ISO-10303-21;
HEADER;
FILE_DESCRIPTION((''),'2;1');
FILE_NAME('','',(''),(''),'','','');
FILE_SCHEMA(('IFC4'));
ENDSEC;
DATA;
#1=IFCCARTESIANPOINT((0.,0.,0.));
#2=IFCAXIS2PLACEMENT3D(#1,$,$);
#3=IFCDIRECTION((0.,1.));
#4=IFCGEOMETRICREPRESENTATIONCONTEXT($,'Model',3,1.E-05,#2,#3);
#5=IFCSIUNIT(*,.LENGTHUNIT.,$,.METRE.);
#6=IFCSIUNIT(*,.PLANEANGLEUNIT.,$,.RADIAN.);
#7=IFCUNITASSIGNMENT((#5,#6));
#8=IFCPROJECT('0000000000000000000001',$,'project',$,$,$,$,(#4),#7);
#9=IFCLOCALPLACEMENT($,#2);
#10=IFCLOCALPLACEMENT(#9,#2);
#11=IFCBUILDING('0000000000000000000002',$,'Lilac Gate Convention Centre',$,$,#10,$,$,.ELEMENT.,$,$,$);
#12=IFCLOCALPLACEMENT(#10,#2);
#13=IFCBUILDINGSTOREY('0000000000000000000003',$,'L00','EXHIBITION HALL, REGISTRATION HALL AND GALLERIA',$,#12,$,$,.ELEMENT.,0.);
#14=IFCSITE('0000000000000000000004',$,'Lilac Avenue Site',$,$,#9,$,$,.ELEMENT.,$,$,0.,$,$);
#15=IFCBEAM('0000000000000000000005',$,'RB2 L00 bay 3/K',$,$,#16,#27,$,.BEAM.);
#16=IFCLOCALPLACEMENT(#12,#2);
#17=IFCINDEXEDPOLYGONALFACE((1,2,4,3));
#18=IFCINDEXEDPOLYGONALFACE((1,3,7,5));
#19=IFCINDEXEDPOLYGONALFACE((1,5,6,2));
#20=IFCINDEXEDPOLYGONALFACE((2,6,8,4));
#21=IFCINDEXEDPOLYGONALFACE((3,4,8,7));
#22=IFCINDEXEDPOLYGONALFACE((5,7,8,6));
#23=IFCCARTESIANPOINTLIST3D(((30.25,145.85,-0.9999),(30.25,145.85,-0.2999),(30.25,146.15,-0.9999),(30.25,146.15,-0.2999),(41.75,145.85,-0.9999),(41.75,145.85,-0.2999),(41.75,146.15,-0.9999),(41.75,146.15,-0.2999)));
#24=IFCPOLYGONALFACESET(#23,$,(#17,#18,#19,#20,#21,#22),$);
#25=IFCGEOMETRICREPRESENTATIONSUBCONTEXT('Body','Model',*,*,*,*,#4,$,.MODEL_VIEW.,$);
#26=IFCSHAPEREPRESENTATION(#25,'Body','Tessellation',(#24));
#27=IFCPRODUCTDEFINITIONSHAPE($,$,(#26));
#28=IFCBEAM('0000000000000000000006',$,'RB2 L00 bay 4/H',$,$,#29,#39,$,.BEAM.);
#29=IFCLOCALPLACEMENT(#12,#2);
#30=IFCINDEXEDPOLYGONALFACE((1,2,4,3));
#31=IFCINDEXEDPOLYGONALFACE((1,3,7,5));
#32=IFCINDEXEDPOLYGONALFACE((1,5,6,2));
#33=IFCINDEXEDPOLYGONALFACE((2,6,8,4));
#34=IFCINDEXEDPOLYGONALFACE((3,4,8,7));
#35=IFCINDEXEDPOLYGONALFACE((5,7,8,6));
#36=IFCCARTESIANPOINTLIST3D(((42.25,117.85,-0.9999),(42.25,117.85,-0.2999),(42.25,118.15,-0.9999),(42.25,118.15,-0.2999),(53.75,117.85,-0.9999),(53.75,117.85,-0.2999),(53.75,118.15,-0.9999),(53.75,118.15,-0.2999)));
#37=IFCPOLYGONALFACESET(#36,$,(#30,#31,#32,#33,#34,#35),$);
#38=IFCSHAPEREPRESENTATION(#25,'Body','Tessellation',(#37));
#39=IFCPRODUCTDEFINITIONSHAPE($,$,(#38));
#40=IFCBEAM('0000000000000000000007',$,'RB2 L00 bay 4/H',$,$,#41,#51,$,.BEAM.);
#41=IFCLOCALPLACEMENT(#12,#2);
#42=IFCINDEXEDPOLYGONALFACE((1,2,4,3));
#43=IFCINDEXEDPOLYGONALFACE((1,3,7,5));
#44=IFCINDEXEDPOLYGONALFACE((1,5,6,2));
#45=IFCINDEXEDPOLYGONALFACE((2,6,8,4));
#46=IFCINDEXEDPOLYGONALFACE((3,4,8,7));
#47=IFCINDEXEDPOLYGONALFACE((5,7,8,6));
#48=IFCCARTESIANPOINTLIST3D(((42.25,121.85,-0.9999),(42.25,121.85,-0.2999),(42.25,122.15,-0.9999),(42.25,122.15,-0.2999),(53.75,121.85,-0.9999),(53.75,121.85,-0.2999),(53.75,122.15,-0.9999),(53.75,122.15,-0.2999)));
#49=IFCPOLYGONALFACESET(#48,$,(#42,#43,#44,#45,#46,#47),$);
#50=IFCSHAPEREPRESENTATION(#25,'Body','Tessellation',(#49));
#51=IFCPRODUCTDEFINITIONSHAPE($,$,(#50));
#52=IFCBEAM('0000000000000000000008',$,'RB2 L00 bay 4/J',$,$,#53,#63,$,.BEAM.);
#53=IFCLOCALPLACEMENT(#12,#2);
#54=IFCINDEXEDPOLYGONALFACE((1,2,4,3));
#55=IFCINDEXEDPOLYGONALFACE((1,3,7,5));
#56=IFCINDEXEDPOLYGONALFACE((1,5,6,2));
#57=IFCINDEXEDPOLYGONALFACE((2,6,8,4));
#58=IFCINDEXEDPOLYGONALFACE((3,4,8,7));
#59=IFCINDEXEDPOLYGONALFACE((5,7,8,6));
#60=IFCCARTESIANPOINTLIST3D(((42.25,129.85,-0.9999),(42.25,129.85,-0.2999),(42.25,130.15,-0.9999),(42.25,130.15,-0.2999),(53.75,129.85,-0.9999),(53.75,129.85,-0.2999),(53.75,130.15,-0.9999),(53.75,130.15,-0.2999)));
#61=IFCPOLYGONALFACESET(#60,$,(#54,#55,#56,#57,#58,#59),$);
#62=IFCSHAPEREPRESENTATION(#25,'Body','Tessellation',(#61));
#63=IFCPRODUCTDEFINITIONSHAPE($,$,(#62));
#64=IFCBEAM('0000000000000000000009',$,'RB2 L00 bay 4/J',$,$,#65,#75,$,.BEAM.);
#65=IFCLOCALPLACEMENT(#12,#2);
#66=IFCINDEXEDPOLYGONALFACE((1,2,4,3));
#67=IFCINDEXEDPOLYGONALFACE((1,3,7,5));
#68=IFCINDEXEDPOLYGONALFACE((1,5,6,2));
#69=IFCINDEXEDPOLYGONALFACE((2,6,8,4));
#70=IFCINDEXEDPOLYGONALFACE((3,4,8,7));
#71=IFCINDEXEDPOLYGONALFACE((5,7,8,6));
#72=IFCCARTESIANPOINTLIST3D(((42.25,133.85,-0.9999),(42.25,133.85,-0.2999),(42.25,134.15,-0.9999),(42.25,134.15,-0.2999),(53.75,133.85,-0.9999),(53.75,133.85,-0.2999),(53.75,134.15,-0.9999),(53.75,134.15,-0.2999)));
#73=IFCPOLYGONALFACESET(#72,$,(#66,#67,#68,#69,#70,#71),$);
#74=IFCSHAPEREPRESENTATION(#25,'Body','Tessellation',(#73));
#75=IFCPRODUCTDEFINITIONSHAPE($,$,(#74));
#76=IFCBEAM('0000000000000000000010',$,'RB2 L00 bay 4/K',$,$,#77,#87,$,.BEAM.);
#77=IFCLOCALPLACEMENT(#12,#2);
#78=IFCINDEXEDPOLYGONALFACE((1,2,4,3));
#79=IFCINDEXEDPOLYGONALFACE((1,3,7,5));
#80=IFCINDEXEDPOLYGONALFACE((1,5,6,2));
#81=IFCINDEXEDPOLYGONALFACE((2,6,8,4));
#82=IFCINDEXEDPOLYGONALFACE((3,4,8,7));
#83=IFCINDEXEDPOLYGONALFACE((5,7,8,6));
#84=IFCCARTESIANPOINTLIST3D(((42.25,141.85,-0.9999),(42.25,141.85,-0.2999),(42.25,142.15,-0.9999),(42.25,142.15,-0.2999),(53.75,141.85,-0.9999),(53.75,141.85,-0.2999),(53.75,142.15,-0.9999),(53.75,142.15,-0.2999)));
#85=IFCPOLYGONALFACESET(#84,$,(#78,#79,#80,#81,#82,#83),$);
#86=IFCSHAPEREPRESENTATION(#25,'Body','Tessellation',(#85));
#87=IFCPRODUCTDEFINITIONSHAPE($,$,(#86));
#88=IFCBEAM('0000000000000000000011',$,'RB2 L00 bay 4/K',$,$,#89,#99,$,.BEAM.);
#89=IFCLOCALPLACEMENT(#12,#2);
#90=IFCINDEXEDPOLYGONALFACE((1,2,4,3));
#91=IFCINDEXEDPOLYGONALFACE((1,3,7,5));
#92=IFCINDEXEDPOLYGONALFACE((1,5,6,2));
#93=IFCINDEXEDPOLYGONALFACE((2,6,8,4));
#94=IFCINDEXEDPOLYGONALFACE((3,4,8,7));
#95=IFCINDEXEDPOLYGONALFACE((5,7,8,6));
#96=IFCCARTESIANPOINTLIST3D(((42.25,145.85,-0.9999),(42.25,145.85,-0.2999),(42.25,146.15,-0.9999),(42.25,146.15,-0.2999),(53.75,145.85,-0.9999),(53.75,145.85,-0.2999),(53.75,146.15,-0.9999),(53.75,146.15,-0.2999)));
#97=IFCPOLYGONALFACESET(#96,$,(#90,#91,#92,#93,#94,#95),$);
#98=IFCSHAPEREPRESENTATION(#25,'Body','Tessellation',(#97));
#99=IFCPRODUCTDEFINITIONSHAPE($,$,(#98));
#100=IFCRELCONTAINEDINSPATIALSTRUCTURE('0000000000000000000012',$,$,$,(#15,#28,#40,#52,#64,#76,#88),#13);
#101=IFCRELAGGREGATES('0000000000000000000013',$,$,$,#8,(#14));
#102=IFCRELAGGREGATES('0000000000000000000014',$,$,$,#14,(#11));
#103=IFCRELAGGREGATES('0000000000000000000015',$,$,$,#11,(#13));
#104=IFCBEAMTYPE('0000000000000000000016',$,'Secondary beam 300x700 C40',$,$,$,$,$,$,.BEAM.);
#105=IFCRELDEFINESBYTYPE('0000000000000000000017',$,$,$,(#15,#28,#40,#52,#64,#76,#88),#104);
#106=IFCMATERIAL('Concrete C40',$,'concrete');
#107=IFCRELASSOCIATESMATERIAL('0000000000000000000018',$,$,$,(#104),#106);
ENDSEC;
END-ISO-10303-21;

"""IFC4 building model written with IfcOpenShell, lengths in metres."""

from ifc_helpers import new_model, si_unit, direction, frame, origin, origin_2d, place, context, subcontext, project, spatial, rectangle, extrude, material, material_profile, profile_set, type_object, element, save


model = new_model("IFC4")

# Units and contexts
model_context = context("Model", 3, precision=1e-05, world=origin(), true_north=direction((0.0, 1.0)))
body_context = subcontext(model_context, "Body", "Model", "MODEL_VIEW")
ifc_project = project(units=[si_unit("LENGTHUNIT", "METRE"), si_unit("PLANEANGLEUNIT", "RADIAN")], contexts=[model_context])

# Site, building, storey
site_placement = place(None, origin())
site = spatial("IfcSite", under=ifc_project, at=site_placement, Name="Lilac Avenue Site", CompositionType="ELEMENT", RefElevation=0.0)
building_placement = place(site_placement, origin())
building = spatial("IfcBuilding", under=site, at=building_placement, Name="Lilac Gate Convention Centre", CompositionType="ELEMENT")
storey_placement = place(building_placement, origin())
storey = spatial("IfcBuildingStorey", under=building, at=storey_placement, Name="L00", Description="EXHIBITION HALL, REGISTRATION HALL AND GALLERIA", CompositionType="ELEMENT", Elevation=0.0)

# Shared definitions
ifc_material_1 = material(Name="Concrete C40", Category="concrete")

# Beams
ifc_material_profile_1 = material_profile(ifc_material_1, rectangle(XDim=0.3, YDim=0.7, at=origin_2d()), Name="RC 300x700")
ifc_profile_set_1 = profile_set([ifc_material_profile_1], Name="Concrete C40")
beam_type_1 = type_object("IfcBeamType", Name="Secondary beam 300x700 C40", PredefinedType="BEAM", material=ifc_profile_set_1)
for number, where, z_axis, x_axis, name in (
    (1, (30.25, 146.0, -0.6499), (1.0, 0.0, 0.0), (0.0, 1.0, 0.0), "RB2 L00 bay 3/K"),
    (2, (42.25, 118.0, -0.6499), (1.0, 0.0, 0.0), (0.0, 1.0, 0.0), "RB2 L00 bay 4/H"),
    (3, (42.25, 122.0, -0.6499), (1.0, 0.0, 0.0), (0.0, 1.0, 0.0), "RB2 L00 bay 4/H"),
    (4, (42.25, 130.0, -0.6499), (1.0, 0.0, 0.0), (0.0, 1.0, 0.0), "RB2 L00 bay 4/J"),
    (5, (42.25, 134.0, -0.6499), (1.0, 0.0, 0.0), (0.0, 1.0, 0.0), "RB2 L00 bay 4/J"),
    (6, (42.25, 142.0, -0.6499), (1.0, 0.0, 0.0), (0.0, 1.0, 0.0), "RB2 L00 bay 4/K"),
    (7, (42.25, 146.0, -0.6499), (1.0, 0.0, 0.0), (0.0, 1.0, 0.0), "RB2 L00 bay 4/K"),
):
    element("IfcBeam", number, at=place(storey_placement, frame(where, z_axis=z_axis, x_axis=x_axis)), inside=storey, type_object=beam_type_1, Name=name, PredefinedType="BEAM", context=body_context, shape_type="SweptSolid", body=[
        extrude(rectangle(XDim=0.3, YDim=0.7, at=origin_2d()), origin(), (0.0, 0.0, 1.0), 11.5),
    ])

save(model, "model.ifc")
